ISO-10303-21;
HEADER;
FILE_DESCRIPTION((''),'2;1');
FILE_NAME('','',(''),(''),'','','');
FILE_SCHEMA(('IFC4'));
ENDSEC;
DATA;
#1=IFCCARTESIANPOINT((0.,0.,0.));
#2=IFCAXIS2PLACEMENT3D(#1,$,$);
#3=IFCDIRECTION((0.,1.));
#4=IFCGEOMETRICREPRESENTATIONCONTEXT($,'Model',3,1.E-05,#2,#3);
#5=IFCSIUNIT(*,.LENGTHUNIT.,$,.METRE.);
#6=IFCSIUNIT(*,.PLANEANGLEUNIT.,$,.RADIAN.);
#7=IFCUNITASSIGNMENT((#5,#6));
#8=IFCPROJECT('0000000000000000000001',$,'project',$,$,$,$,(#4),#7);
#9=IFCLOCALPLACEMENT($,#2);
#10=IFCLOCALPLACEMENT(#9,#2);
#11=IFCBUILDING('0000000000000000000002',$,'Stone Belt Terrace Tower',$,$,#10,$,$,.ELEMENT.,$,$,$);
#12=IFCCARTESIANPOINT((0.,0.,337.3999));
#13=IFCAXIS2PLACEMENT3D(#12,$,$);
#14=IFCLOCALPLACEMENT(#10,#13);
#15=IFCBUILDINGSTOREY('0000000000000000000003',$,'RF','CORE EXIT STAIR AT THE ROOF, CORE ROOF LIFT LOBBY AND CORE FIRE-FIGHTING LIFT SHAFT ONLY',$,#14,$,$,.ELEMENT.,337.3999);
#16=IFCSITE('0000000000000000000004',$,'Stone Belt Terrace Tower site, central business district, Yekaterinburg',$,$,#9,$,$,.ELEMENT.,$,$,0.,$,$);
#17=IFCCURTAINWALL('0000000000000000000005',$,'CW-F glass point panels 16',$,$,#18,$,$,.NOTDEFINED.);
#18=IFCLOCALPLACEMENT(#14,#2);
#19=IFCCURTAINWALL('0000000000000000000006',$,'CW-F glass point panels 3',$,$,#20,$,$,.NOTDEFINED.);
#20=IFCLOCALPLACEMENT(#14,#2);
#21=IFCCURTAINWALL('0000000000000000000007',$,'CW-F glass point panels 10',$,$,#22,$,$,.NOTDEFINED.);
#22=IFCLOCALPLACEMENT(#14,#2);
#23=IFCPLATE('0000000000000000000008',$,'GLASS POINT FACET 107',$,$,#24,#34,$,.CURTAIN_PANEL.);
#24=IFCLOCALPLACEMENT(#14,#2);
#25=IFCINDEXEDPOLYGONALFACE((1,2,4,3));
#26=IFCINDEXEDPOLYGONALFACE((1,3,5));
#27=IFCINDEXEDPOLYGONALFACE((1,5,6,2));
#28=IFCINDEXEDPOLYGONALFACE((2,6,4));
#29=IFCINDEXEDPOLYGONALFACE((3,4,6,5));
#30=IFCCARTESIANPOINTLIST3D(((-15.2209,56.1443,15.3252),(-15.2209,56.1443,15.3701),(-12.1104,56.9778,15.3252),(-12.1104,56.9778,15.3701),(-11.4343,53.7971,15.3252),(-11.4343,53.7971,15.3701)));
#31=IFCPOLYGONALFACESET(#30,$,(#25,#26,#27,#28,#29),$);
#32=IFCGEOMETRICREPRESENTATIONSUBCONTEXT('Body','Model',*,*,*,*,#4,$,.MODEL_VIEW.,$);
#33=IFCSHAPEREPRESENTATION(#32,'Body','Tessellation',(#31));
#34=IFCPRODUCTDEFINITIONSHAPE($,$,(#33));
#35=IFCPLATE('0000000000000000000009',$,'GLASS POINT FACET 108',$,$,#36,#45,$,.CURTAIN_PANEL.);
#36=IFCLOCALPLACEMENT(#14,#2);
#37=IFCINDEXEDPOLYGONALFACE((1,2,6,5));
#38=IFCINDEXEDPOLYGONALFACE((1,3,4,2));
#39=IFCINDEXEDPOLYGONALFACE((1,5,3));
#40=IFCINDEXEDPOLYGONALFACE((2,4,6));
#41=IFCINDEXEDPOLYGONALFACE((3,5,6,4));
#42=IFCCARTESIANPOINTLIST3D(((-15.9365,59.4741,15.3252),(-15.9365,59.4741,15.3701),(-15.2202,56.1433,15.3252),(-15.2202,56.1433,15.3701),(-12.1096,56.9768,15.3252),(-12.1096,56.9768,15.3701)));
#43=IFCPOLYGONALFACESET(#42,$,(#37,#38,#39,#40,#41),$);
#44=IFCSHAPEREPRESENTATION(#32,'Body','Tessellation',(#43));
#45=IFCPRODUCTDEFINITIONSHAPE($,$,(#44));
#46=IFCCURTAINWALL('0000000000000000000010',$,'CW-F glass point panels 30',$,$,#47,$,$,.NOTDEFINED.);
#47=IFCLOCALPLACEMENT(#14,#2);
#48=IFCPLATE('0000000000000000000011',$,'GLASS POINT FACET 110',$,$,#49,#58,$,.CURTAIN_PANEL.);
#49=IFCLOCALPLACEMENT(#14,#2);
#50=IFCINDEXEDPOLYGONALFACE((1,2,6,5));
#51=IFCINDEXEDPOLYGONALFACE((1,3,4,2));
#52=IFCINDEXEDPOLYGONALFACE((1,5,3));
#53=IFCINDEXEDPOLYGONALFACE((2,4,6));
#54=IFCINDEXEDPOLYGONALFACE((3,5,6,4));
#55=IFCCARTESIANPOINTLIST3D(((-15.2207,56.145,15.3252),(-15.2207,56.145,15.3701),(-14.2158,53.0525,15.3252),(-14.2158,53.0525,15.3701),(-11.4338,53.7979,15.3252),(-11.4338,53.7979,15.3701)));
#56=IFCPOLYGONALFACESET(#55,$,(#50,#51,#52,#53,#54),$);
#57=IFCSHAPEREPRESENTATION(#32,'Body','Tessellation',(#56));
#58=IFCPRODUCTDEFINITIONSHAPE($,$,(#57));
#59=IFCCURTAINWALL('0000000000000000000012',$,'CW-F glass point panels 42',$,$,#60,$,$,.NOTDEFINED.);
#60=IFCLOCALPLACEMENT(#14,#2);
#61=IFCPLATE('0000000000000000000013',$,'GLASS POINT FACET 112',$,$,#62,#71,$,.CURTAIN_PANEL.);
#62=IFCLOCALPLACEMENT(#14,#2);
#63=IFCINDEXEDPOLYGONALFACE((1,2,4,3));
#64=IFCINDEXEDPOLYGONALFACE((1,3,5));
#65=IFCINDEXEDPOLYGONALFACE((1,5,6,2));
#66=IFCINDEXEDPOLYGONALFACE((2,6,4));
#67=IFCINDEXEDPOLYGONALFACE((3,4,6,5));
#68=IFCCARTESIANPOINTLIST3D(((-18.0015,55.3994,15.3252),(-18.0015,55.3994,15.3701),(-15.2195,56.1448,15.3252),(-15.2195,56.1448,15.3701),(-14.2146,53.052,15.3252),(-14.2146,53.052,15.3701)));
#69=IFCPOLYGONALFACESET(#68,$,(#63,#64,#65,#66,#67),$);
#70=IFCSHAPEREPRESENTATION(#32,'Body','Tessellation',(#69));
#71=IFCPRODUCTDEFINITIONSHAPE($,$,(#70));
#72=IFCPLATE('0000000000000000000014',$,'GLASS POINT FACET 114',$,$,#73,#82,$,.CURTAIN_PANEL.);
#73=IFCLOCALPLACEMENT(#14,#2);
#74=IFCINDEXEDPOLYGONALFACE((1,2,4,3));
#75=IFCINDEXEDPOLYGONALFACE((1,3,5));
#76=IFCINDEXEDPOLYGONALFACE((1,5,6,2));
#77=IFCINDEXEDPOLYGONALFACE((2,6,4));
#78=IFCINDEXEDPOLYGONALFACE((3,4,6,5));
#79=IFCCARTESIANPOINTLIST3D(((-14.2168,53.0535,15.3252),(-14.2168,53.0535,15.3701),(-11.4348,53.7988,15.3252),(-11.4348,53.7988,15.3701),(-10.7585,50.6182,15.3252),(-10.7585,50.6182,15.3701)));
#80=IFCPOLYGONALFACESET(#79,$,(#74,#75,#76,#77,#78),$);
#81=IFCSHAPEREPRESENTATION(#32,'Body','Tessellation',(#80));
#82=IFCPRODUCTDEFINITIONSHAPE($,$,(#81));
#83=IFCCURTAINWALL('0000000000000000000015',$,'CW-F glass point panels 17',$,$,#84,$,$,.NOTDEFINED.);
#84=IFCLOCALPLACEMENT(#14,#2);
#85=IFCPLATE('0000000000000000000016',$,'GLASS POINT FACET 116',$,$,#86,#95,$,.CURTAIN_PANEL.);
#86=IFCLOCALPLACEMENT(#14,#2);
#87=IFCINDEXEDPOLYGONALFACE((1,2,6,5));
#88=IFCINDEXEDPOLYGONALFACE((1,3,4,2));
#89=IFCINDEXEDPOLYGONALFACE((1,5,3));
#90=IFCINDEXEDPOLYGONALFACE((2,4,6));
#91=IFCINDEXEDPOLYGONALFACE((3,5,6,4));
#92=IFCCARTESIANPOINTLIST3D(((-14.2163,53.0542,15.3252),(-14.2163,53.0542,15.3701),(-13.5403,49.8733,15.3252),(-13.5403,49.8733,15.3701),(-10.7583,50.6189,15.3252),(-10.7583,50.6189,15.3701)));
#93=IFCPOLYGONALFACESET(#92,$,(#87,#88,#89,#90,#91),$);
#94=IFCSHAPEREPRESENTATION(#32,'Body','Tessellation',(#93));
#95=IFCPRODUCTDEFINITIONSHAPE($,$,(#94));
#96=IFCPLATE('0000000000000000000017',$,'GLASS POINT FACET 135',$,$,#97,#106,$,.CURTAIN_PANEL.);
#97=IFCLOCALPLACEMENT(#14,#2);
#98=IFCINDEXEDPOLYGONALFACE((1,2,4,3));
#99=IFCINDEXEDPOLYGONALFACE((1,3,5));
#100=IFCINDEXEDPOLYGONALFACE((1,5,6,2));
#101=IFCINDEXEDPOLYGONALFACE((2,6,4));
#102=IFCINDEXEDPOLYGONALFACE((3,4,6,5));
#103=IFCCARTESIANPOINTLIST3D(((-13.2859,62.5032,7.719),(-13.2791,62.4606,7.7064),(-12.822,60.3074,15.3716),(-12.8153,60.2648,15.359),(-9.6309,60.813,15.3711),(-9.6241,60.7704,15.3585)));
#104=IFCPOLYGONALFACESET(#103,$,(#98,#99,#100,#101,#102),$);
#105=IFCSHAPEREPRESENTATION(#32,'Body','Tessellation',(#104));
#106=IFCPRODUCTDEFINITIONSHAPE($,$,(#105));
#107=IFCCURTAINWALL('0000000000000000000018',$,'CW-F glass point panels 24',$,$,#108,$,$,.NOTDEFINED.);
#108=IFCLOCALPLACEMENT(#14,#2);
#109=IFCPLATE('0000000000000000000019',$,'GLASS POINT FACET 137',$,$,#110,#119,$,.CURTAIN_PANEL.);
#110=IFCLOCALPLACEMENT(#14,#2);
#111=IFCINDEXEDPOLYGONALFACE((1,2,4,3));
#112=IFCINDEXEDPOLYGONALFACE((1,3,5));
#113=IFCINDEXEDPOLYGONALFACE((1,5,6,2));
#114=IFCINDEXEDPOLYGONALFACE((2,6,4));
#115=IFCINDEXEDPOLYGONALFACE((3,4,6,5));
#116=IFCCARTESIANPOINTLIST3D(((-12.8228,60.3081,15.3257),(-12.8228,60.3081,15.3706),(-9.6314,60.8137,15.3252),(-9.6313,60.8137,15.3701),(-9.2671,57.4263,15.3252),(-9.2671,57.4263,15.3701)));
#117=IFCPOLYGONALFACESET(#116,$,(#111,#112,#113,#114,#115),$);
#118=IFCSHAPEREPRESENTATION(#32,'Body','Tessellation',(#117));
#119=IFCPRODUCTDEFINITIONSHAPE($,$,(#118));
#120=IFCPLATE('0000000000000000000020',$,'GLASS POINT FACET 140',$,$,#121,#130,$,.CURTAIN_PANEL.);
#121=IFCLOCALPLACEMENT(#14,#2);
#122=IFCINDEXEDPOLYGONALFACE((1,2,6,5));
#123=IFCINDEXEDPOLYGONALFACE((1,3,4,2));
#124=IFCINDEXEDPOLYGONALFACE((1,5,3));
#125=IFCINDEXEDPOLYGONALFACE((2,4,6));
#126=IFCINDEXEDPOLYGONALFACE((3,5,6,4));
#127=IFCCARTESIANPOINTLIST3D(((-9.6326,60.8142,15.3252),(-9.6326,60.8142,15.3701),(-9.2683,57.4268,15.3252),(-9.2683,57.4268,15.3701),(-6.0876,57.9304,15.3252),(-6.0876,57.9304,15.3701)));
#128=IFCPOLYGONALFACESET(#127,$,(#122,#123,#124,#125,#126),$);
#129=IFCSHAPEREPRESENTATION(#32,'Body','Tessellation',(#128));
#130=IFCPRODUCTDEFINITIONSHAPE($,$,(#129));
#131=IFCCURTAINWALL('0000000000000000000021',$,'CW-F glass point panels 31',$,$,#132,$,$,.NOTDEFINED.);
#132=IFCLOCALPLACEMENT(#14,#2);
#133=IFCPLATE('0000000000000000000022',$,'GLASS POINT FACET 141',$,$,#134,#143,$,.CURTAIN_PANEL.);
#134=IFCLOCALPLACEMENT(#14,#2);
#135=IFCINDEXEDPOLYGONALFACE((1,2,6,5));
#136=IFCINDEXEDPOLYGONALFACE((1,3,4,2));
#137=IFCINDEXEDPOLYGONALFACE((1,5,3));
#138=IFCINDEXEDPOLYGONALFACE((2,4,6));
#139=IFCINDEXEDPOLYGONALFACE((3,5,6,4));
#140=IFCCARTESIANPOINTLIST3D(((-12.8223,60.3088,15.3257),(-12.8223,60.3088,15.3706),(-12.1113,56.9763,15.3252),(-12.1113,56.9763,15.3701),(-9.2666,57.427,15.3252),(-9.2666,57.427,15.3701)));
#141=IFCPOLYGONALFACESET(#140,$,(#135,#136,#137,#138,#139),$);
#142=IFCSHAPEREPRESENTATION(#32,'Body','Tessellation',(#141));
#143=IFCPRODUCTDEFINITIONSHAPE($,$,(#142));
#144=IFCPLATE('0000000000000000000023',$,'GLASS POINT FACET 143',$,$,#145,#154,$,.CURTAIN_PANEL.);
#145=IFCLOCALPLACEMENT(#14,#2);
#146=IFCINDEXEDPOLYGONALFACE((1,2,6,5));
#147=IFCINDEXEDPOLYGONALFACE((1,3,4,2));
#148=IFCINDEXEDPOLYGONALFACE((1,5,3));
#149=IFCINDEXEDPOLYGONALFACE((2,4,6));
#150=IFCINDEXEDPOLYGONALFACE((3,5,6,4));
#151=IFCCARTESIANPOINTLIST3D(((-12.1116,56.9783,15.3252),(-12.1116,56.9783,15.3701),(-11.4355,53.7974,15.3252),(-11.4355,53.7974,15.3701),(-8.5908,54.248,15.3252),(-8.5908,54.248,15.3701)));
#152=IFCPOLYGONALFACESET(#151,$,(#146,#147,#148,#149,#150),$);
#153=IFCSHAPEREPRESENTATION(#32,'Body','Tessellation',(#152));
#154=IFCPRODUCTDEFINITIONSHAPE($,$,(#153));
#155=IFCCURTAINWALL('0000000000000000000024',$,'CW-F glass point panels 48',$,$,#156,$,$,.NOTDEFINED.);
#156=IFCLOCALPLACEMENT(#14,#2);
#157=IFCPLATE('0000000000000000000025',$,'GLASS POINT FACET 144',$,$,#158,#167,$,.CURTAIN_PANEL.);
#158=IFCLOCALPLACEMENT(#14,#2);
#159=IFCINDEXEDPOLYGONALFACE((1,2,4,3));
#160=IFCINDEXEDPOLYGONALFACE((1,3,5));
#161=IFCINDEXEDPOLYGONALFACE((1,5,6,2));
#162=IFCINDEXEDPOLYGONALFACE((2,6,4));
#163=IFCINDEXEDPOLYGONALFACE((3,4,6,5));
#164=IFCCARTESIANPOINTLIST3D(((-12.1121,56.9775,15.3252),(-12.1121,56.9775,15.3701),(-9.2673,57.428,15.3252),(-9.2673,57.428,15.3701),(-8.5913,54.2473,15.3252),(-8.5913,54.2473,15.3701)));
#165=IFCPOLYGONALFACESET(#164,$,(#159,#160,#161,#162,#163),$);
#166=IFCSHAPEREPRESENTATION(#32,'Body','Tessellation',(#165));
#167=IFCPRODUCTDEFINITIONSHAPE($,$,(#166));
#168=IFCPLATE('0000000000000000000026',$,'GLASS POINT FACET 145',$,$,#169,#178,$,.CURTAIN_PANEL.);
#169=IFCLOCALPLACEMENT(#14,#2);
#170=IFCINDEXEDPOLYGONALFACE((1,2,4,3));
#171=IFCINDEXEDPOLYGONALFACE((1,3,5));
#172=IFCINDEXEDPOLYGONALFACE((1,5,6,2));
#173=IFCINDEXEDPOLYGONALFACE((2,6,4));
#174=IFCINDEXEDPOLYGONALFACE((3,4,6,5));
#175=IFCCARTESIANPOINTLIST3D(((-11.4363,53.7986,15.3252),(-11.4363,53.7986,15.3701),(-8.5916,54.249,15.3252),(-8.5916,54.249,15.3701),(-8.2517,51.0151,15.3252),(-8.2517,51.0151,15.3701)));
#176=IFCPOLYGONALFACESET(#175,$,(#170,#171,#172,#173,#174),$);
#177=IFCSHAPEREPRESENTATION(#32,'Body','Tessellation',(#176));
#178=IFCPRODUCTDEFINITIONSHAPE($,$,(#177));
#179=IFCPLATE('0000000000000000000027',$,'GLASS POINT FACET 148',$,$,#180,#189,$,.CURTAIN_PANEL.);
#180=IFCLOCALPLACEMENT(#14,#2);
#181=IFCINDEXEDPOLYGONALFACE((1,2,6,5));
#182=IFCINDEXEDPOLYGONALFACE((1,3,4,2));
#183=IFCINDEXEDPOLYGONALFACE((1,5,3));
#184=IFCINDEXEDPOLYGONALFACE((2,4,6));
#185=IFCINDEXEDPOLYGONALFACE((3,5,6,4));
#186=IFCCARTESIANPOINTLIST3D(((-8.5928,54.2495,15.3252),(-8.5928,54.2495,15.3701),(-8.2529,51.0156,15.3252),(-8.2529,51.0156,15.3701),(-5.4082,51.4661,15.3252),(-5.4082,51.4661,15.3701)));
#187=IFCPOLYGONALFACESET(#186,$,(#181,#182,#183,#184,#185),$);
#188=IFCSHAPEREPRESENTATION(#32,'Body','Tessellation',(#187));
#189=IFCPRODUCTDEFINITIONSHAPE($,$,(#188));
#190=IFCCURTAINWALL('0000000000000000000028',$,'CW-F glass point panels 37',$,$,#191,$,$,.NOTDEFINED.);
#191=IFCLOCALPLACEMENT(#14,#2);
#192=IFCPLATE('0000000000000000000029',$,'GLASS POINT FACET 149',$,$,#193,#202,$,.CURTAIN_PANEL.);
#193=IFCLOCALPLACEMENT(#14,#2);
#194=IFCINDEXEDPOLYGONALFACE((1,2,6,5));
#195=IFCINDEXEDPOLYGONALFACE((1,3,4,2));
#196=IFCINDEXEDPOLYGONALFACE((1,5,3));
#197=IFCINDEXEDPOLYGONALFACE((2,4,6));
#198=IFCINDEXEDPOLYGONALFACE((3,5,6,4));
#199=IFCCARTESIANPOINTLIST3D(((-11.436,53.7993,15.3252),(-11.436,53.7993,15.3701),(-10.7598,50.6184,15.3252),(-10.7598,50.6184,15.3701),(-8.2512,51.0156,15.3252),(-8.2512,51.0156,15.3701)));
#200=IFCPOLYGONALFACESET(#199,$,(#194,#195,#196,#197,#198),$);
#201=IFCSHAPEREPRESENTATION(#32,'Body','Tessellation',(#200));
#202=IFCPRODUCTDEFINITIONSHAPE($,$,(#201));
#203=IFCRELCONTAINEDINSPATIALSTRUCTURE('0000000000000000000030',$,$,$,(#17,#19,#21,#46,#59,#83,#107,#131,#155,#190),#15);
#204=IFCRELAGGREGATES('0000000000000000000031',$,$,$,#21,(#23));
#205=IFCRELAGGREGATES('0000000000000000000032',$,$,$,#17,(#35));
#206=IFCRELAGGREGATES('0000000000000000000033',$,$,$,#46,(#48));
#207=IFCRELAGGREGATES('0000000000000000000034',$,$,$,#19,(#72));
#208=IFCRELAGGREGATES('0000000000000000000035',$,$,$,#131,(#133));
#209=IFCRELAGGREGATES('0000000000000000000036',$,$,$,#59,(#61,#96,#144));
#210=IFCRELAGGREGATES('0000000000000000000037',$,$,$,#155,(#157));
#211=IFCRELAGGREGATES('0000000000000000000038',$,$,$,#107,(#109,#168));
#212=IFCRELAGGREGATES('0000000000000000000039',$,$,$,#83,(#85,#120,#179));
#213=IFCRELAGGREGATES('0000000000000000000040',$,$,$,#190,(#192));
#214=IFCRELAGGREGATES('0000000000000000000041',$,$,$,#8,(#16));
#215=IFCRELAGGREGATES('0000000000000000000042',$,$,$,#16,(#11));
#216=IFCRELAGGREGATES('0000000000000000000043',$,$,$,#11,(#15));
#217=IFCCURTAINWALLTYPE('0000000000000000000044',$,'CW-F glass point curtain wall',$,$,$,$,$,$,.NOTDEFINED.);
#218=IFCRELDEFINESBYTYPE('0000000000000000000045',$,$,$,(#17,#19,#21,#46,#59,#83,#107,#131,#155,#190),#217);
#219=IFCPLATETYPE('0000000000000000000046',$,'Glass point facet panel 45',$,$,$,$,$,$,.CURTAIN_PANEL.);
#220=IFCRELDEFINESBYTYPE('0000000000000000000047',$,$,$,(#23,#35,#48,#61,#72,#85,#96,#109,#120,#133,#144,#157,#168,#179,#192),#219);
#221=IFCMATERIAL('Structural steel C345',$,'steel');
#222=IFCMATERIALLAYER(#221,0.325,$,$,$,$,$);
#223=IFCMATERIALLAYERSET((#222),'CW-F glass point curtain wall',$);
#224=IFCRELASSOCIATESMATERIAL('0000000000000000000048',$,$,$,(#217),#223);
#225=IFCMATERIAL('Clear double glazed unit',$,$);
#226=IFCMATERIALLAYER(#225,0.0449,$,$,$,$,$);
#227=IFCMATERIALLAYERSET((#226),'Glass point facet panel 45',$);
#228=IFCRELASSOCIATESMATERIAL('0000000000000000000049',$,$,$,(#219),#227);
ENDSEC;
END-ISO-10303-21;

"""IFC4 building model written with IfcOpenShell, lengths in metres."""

from ifc_helpers import new_model, si_unit, direction, frame, origin, place, context, subcontext, project, spatial, polyline, outline, extrude, material, layer, layer_set, type_object, element, aggregate, save


model = new_model("IFC4")

# Units and contexts
model_context = context("Model", 3, precision=1e-05, world=origin(), true_north=direction((0.0, 1.0)))
body_context = subcontext(model_context, "Body", "Model", "MODEL_VIEW")
ifc_project = project(units=[si_unit("LENGTHUNIT", "METRE"), si_unit("PLANEANGLEUNIT", "RADIAN")], contexts=[model_context])

# Site, building, storey
site_placement = place(None, origin())
site = spatial("IfcSite", under=ifc_project, at=site_placement, Name="Stone Belt Terrace Tower site, central business district, Yekaterinburg", CompositionType="ELEMENT", RefElevation=0.0)
building_placement = place(site_placement, origin())
building = spatial("IfcBuilding", under=site, at=building_placement, Name="Stone Belt Terrace Tower", CompositionType="ELEMENT")
storey_placement = place(building_placement, frame((0.0, 0.0, 337.3999)))
storey = spatial("IfcBuildingStorey", under=building, at=storey_placement, Name="RF", Description="CORE EXIT STAIR AT THE ROOF, CORE ROOF LIFT LOBBY AND CORE FIRE-FIGHTING LIFT SHAFT ONLY", CompositionType="ELEMENT", Elevation=337.3999)

# Shared definitions
ifc_material_1 = material(Name="Structural steel C345", Category="steel")

# Curtain walls, plate
ifc_layer_1 = layer(ifc_material_1, 0.325)
ifc_layer_set_1 = layer_set([ifc_layer_1], Name="CW-F glass point curtain wall")
curtain_wall_type = type_object("IfcCurtainWallType", Name="CW-F glass point curtain wall", PredefinedType="NOTDEFINED", material=ifc_layer_set_1)
curtain_wall_1_placement = place(storey_placement, origin())
curtain_wall_1 = element("IfcCurtainWall", 1, at=curtain_wall_1_placement, inside=storey, type_object=curtain_wall_type, Name="CW-F glass point panels 16", PredefinedType="NOTDEFINED")
ifc_material_2 = material(Name="Clear double glazed unit")
ifc_layer_2 = layer(ifc_material_2, 0.0449)
ifc_layer_set_2 = layer_set([ifc_layer_2], Name="Glass point facet panel 45")
plate_type = type_object("IfcPlateType", Name="Glass point facet panel 45", PredefinedType="CURTAIN_PANEL", material=ifc_layer_set_2)
curtain_wall_2_placement = place(storey_placement, origin())
curtain_wall_2 = element("IfcCurtainWall", 2, at=curtain_wall_2_placement, inside=storey, type_object=curtain_wall_type, Name="CW-F glass point panels 3", PredefinedType="NOTDEFINED")
curtain_wall_3_placement = place(storey_placement, origin())
curtain_wall_3 = element("IfcCurtainWall", 3, at=curtain_wall_3_placement, inside=storey, type_object=curtain_wall_type, Name="CW-F glass point panels 10", PredefinedType="NOTDEFINED")
plate_1_placement = place(storey_placement, frame((-11.4343, 53.7971, 15.3701), z_axis=(0.0, 0.0, 1.0), x_axis=(-0.849957, 0.526853, 0.0)))
plate_1 = element("IfcPlate", 4, at=plate_1_placement, type_object=plate_type, Name="GLASS POINT FACET 107", PredefinedType="CURTAIN_PANEL", context=body_context, shape_type="SweptSolid", body=[
    extrude(outline(polyline([(0.0, 0.0), (4.4551, 0.0), (2.2503, -2.3473), (0.0, 0.0)])), origin(), (0.0, 0.0, -1.0), 0.0449),
])
aggregate(curtain_wall_3, [plate_1])

# Plate
plate_2_placement = place(storey_placement, frame((-15.9365, 59.4741, 15.3701), z_axis=(0.0, 0.0, 1.0), x_axis=(0.83746, -0.546499, 0.0)))
plate_2 = element("IfcPlate", 5, at=plate_2_placement, type_object=plate_type, Name="GLASS POINT FACET 108", PredefinedType="CURTAIN_PANEL", context=body_context, shape_type="SweptSolid", body=[
    extrude(outline(polyline([(0.0, 0.0), (4.5697, 0.0), (2.4202, -2.398), (0.0, 0.0)])), origin(), (0.0, 0.0, -1.0), 0.0449),
])
aggregate(curtain_wall_1, [plate_2])

# Curtain walls, plates
curtain_wall_4_placement = place(storey_placement, origin())
curtain_wall_4 = element("IfcCurtainWall", 6, at=curtain_wall_4_placement, inside=storey, type_object=curtain_wall_type, Name="CW-F glass point panels 30", PredefinedType="NOTDEFINED")
plate_3_placement = place(storey_placement, frame((-11.4338, 53.7979, 15.3701), z_axis=(0.0, 0.0, 1.0), x_axis=(-0.965932, -0.258797, 0.0)))
plate_3 = element("IfcPlate", 7, at=plate_3_placement, type_object=plate_type, Name="GLASS POINT FACET 110", PredefinedType="CURTAIN_PANEL", context=body_context, shape_type="SweptSolid", body=[
    extrude(outline(polyline([(0.0, 0.0), (2.8801, 0.0), (3.0504, -3.2472), (0.0, 0.0)])), origin(), (0.0, 0.0, -1.0), 0.0449),
])
aggregate(curtain_wall_4, [plate_3])
curtain_wall_5_placement = place(storey_placement, origin())
curtain_wall_5 = element("IfcCurtainWall", 8, at=curtain_wall_5_placement, inside=storey, type_object=curtain_wall_type, Name="CW-F glass point panels 42", PredefinedType="NOTDEFINED")
plate_4_placement = place(storey_placement, frame((-15.2195, 56.1448, 15.3701), z_axis=(0.0, 0.0, 1.0), x_axis=(0.309011, -0.951058, 0.0)))
plate_4 = element("IfcPlate", 9, at=plate_4_placement, type_object=plate_type, Name="GLASS POINT FACET 112", PredefinedType="CURTAIN_PANEL", context=body_context, shape_type="SweptSolid", body=[
    extrude(outline(polyline([(0.0, 0.0), (3.2519, 0.0), (-0.1508, -2.8762), (0.0, 0.0)])), origin(), (0.0, 0.0, -1.0), 0.0449),
])

# Plate
plate_5_placement = place(storey_placement, frame((-11.4348, 53.7988, 15.3701), z_axis=(0.0, 0.0, 1.0), x_axis=(0.20797, -0.978135, 0.0)))
plate_5 = element("IfcPlate", 10, at=plate_5_placement, type_object=plate_type, Name="GLASS POINT FACET 114", PredefinedType="CURTAIN_PANEL", context=body_context, shape_type="SweptSolid", body=[
    extrude(outline(polyline([(0.0, 0.0), (3.2518, 0.0), (0.1505, -2.8762), (0.0, 0.0)])), origin(), (0.0, 0.0, -1.0), 0.0449),
])
aggregate(curtain_wall_2, [plate_5])

# Curtain wall, plate
curtain_wall_6_placement = place(storey_placement, origin())
curtain_wall_6 = element("IfcCurtainWall", 11, at=curtain_wall_6_placement, inside=storey, type_object=curtain_wall_type, Name="CW-F glass point panels 17", PredefinedType="NOTDEFINED")
plate_6_placement = place(storey_placement, frame((-14.2163, 53.0542, 15.3701), z_axis=(0.0, 0.0, 1.0), x_axis=(0.817596, -0.575792, 0.0)))
plate_6 = element("IfcPlate", 12, at=plate_6_placement, type_object=plate_type, Name="GLASS POINT FACET 116", PredefinedType="CURTAIN_PANEL", context=body_context, shape_type="SweptSolid", body=[
    extrude(outline(polyline([(0.0, 0.0), (4.2295, 0.0), (2.3843, -2.2114), (0.0, 0.0)])), origin(), (0.0, 0.0, -1.0), 0.0449),
])

# Plate
plate_7_placement = place(storey_placement, frame((-12.822, 60.3074, 15.3716), z_axis=(-0.150139, 0.947868, 0.281078), x_axis=(-0.058166, 0.275339, -0.959586)))
plate_7 = element("IfcPlate", 13, at=plate_7_placement, type_object=plate_type, Name="GLASS POINT FACET 135", PredefinedType="CURTAIN_PANEL", context=body_context, shape_type="SweptSolid", body=[
    extrude(outline(polyline([(0.0, 0.0), (7.9749, 0.0), (-0.0459, -3.2306), (0.0, 0.0)])), origin(), (0.0, 0.0, -1.0), 0.0449),
])

# Curtain wall, plate
curtain_wall_7_placement = place(storey_placement, origin())
curtain_wall_7 = element("IfcCurtainWall", 14, at=curtain_wall_7_placement, inside=storey, type_object=curtain_wall_type, Name="CW-F glass point panels 24", PredefinedType="NOTDEFINED")
plate_8_placement = place(storey_placement, frame((-12.8228, 60.3081, 15.3706), z_axis=(0.00015, 0.000016, 1.0), x_axis=(0.987681, 0.156479, -0.000151)))
plate_8 = element("IfcPlate", 15, at=plate_8_placement, type_object=plate_type, Name="GLASS POINT FACET 137", PredefinedType="CURTAIN_PANEL", context=body_context, shape_type="SweptSolid", body=[
    extrude(outline(polyline([(0.0, 0.0), (3.2312, 0.0), (3.0609, -3.4027), (0.0, 0.0)])), origin(), (0.0, 0.0, -1.0), 0.0449),
])

# Plate
plate_9_placement = place(storey_placement, frame((-9.6326, 60.8142, 15.3701), z_axis=(0.0, 0.0, 1.0), x_axis=(0.775735, -0.631059, 0.0)))
plate_9 = element("IfcPlate", 16, at=plate_9_placement, type_object=plate_type, Name="GLASS POINT FACET 140", PredefinedType="CURTAIN_PANEL", context=body_context, shape_type="SweptSolid", body=[
    extrude(outline(polyline([(0.0, 0.0), (4.5698, 0.0), (2.4202, -2.3979), (0.0, 0.0)])), origin(), (0.0, 0.0, -1.0), 0.0449),
])

# Curtain wall, plate
curtain_wall_8_placement = place(storey_placement, origin())
curtain_wall_8 = element("IfcCurtainWall", 17, at=curtain_wall_8_placement, inside=storey, type_object=curtain_wall_type, Name="CW-F glass point panels 31", PredefinedType="NOTDEFINED")
plate_10_placement = place(storey_placement, frame((-12.8223, 60.3088, 15.3706), z_axis=(0.000022, -0.000142, 1.0), x_axis=(0.776877, -0.629652, -0.000107)))
plate_10 = element("IfcPlate", 18, at=plate_10_placement, type_object=plate_type, Name="GLASS POINT FACET 141", PredefinedType="CURTAIN_PANEL", context=body_context, shape_type="SweptSolid", body=[
    extrude(outline(polyline([(0.0, 0.0), (4.5769, 0.0), (2.6506, -2.1413), (0.0, 0.0)])), origin(), (0.0, 0.0, -1.0), 0.0449),
])
aggregate(curtain_wall_8, [plate_10])

# Plate
plate_11_placement = place(storey_placement, frame((-11.4355, 53.7974, 15.3701), z_axis=(0.0, 0.0, 1.0), x_axis=(-0.207883, 0.978154, 0.0)))
plate_11 = element("IfcPlate", 19, at=plate_11_placement, type_object=plate_type, Name="GLASS POINT FACET 143", PredefinedType="CURTAIN_PANEL", context=body_context, shape_type="SweptSolid", body=[
    extrude(outline(polyline([(0.0, 0.0), (3.252, 0.0), (-0.1505, -2.8763), (0.0, 0.0)])), origin(), (0.0, 0.0, -1.0), 0.0449),
])
aggregate(curtain_wall_5, [plate_4, plate_7, plate_11])

# Curtain wall, plate
curtain_wall_9_placement = place(storey_placement, origin())
curtain_wall_9 = element("IfcCurtainWall", 20, at=curtain_wall_9_placement, inside=storey, type_object=curtain_wall_type, Name="CW-F glass point panels 48", PredefinedType="NOTDEFINED")
plate_12_placement = place(storey_placement, frame((-9.2673, 57.428, 15.3701), z_axis=(0.0, 0.0, 1.0), x_axis=(0.207898, -0.97815, 0.0)))
plate_12 = element("IfcPlate", 21, at=plate_12_placement, type_object=plate_type, Name="GLASS POINT FACET 144", PredefinedType="CURTAIN_PANEL", context=body_context, shape_type="SweptSolid", body=[
    extrude(outline(polyline([(0.0, 0.0), (3.2517, 0.0), (-0.1508, -2.8762), (0.0, 0.0)])), origin(), (0.0, 0.0, -1.0), 0.0449),
])
aggregate(curtain_wall_9, [plate_12])

# Plates
plate_13_placement = place(storey_placement, frame((-11.4363, 53.7986, 15.3701), z_axis=(0.0, 0.0, 1.0), x_axis=(0.987695, 0.156393, 0.0)))
plate_13 = element("IfcPlate", 22, at=plate_13_placement, type_object=plate_type, Name="GLASS POINT FACET 145", PredefinedType="CURTAIN_PANEL", context=body_context, shape_type="SweptSolid", body=[
    extrude(outline(polyline([(0.0, 0.0), (2.8802, 0.0), (2.7101, -3.2472), (0.0, 0.0)])), origin(), (0.0, 0.0, -1.0), 0.0449),
])
aggregate(curtain_wall_7, [plate_8, plate_13])
plate_14_placement = place(storey_placement, frame((-8.5928, 54.2495, 15.3701), z_axis=(0.0, 0.0, 1.0), x_axis=(0.752934, -0.658096, 0.0)))
plate_14 = element("IfcPlate", 23, at=plate_14_placement, type_object=plate_type, Name="GLASS POINT FACET 148", PredefinedType="CURTAIN_PANEL", context=body_context, shape_type="SweptSolid", body=[
    extrude(outline(polyline([(0.0, 0.0), (4.2295, 0.0), (2.3841, -2.2113), (0.0, 0.0)])), origin(), (0.0, 0.0, -1.0), 0.0449),
])
aggregate(curtain_wall_6, [plate_6, plate_9, plate_14])

# Curtain wall, plate
curtain_wall_10_placement = place(storey_placement, origin())
curtain_wall_10 = element("IfcCurtainWall", 24, at=curtain_wall_10_placement, inside=storey, type_object=curtain_wall_type, Name="CW-F glass point panels 37", PredefinedType="NOTDEFINED")
plate_15_placement = place(storey_placement, frame((-11.436, 53.7993, 15.3701), z_axis=(0.0, 0.0, 1.0), x_axis=(0.752931, -0.6581, 0.0)))
plate_15 = element("IfcPlate", 25, at=plate_15_placement, type_object=plate_type, Name="GLASS POINT FACET 149", PredefinedType="CURTAIN_PANEL", context=body_context, shape_type="SweptSolid", body=[
    extrude(outline(polyline([(0.0, 0.0), (4.2299, 0.0), (2.6025, -1.95), (0.0, 0.0)])), origin(), (0.0, 0.0, -1.0), 0.0449),
])
aggregate(curtain_wall_10, [plate_15])

save(model, "model.ifc")
